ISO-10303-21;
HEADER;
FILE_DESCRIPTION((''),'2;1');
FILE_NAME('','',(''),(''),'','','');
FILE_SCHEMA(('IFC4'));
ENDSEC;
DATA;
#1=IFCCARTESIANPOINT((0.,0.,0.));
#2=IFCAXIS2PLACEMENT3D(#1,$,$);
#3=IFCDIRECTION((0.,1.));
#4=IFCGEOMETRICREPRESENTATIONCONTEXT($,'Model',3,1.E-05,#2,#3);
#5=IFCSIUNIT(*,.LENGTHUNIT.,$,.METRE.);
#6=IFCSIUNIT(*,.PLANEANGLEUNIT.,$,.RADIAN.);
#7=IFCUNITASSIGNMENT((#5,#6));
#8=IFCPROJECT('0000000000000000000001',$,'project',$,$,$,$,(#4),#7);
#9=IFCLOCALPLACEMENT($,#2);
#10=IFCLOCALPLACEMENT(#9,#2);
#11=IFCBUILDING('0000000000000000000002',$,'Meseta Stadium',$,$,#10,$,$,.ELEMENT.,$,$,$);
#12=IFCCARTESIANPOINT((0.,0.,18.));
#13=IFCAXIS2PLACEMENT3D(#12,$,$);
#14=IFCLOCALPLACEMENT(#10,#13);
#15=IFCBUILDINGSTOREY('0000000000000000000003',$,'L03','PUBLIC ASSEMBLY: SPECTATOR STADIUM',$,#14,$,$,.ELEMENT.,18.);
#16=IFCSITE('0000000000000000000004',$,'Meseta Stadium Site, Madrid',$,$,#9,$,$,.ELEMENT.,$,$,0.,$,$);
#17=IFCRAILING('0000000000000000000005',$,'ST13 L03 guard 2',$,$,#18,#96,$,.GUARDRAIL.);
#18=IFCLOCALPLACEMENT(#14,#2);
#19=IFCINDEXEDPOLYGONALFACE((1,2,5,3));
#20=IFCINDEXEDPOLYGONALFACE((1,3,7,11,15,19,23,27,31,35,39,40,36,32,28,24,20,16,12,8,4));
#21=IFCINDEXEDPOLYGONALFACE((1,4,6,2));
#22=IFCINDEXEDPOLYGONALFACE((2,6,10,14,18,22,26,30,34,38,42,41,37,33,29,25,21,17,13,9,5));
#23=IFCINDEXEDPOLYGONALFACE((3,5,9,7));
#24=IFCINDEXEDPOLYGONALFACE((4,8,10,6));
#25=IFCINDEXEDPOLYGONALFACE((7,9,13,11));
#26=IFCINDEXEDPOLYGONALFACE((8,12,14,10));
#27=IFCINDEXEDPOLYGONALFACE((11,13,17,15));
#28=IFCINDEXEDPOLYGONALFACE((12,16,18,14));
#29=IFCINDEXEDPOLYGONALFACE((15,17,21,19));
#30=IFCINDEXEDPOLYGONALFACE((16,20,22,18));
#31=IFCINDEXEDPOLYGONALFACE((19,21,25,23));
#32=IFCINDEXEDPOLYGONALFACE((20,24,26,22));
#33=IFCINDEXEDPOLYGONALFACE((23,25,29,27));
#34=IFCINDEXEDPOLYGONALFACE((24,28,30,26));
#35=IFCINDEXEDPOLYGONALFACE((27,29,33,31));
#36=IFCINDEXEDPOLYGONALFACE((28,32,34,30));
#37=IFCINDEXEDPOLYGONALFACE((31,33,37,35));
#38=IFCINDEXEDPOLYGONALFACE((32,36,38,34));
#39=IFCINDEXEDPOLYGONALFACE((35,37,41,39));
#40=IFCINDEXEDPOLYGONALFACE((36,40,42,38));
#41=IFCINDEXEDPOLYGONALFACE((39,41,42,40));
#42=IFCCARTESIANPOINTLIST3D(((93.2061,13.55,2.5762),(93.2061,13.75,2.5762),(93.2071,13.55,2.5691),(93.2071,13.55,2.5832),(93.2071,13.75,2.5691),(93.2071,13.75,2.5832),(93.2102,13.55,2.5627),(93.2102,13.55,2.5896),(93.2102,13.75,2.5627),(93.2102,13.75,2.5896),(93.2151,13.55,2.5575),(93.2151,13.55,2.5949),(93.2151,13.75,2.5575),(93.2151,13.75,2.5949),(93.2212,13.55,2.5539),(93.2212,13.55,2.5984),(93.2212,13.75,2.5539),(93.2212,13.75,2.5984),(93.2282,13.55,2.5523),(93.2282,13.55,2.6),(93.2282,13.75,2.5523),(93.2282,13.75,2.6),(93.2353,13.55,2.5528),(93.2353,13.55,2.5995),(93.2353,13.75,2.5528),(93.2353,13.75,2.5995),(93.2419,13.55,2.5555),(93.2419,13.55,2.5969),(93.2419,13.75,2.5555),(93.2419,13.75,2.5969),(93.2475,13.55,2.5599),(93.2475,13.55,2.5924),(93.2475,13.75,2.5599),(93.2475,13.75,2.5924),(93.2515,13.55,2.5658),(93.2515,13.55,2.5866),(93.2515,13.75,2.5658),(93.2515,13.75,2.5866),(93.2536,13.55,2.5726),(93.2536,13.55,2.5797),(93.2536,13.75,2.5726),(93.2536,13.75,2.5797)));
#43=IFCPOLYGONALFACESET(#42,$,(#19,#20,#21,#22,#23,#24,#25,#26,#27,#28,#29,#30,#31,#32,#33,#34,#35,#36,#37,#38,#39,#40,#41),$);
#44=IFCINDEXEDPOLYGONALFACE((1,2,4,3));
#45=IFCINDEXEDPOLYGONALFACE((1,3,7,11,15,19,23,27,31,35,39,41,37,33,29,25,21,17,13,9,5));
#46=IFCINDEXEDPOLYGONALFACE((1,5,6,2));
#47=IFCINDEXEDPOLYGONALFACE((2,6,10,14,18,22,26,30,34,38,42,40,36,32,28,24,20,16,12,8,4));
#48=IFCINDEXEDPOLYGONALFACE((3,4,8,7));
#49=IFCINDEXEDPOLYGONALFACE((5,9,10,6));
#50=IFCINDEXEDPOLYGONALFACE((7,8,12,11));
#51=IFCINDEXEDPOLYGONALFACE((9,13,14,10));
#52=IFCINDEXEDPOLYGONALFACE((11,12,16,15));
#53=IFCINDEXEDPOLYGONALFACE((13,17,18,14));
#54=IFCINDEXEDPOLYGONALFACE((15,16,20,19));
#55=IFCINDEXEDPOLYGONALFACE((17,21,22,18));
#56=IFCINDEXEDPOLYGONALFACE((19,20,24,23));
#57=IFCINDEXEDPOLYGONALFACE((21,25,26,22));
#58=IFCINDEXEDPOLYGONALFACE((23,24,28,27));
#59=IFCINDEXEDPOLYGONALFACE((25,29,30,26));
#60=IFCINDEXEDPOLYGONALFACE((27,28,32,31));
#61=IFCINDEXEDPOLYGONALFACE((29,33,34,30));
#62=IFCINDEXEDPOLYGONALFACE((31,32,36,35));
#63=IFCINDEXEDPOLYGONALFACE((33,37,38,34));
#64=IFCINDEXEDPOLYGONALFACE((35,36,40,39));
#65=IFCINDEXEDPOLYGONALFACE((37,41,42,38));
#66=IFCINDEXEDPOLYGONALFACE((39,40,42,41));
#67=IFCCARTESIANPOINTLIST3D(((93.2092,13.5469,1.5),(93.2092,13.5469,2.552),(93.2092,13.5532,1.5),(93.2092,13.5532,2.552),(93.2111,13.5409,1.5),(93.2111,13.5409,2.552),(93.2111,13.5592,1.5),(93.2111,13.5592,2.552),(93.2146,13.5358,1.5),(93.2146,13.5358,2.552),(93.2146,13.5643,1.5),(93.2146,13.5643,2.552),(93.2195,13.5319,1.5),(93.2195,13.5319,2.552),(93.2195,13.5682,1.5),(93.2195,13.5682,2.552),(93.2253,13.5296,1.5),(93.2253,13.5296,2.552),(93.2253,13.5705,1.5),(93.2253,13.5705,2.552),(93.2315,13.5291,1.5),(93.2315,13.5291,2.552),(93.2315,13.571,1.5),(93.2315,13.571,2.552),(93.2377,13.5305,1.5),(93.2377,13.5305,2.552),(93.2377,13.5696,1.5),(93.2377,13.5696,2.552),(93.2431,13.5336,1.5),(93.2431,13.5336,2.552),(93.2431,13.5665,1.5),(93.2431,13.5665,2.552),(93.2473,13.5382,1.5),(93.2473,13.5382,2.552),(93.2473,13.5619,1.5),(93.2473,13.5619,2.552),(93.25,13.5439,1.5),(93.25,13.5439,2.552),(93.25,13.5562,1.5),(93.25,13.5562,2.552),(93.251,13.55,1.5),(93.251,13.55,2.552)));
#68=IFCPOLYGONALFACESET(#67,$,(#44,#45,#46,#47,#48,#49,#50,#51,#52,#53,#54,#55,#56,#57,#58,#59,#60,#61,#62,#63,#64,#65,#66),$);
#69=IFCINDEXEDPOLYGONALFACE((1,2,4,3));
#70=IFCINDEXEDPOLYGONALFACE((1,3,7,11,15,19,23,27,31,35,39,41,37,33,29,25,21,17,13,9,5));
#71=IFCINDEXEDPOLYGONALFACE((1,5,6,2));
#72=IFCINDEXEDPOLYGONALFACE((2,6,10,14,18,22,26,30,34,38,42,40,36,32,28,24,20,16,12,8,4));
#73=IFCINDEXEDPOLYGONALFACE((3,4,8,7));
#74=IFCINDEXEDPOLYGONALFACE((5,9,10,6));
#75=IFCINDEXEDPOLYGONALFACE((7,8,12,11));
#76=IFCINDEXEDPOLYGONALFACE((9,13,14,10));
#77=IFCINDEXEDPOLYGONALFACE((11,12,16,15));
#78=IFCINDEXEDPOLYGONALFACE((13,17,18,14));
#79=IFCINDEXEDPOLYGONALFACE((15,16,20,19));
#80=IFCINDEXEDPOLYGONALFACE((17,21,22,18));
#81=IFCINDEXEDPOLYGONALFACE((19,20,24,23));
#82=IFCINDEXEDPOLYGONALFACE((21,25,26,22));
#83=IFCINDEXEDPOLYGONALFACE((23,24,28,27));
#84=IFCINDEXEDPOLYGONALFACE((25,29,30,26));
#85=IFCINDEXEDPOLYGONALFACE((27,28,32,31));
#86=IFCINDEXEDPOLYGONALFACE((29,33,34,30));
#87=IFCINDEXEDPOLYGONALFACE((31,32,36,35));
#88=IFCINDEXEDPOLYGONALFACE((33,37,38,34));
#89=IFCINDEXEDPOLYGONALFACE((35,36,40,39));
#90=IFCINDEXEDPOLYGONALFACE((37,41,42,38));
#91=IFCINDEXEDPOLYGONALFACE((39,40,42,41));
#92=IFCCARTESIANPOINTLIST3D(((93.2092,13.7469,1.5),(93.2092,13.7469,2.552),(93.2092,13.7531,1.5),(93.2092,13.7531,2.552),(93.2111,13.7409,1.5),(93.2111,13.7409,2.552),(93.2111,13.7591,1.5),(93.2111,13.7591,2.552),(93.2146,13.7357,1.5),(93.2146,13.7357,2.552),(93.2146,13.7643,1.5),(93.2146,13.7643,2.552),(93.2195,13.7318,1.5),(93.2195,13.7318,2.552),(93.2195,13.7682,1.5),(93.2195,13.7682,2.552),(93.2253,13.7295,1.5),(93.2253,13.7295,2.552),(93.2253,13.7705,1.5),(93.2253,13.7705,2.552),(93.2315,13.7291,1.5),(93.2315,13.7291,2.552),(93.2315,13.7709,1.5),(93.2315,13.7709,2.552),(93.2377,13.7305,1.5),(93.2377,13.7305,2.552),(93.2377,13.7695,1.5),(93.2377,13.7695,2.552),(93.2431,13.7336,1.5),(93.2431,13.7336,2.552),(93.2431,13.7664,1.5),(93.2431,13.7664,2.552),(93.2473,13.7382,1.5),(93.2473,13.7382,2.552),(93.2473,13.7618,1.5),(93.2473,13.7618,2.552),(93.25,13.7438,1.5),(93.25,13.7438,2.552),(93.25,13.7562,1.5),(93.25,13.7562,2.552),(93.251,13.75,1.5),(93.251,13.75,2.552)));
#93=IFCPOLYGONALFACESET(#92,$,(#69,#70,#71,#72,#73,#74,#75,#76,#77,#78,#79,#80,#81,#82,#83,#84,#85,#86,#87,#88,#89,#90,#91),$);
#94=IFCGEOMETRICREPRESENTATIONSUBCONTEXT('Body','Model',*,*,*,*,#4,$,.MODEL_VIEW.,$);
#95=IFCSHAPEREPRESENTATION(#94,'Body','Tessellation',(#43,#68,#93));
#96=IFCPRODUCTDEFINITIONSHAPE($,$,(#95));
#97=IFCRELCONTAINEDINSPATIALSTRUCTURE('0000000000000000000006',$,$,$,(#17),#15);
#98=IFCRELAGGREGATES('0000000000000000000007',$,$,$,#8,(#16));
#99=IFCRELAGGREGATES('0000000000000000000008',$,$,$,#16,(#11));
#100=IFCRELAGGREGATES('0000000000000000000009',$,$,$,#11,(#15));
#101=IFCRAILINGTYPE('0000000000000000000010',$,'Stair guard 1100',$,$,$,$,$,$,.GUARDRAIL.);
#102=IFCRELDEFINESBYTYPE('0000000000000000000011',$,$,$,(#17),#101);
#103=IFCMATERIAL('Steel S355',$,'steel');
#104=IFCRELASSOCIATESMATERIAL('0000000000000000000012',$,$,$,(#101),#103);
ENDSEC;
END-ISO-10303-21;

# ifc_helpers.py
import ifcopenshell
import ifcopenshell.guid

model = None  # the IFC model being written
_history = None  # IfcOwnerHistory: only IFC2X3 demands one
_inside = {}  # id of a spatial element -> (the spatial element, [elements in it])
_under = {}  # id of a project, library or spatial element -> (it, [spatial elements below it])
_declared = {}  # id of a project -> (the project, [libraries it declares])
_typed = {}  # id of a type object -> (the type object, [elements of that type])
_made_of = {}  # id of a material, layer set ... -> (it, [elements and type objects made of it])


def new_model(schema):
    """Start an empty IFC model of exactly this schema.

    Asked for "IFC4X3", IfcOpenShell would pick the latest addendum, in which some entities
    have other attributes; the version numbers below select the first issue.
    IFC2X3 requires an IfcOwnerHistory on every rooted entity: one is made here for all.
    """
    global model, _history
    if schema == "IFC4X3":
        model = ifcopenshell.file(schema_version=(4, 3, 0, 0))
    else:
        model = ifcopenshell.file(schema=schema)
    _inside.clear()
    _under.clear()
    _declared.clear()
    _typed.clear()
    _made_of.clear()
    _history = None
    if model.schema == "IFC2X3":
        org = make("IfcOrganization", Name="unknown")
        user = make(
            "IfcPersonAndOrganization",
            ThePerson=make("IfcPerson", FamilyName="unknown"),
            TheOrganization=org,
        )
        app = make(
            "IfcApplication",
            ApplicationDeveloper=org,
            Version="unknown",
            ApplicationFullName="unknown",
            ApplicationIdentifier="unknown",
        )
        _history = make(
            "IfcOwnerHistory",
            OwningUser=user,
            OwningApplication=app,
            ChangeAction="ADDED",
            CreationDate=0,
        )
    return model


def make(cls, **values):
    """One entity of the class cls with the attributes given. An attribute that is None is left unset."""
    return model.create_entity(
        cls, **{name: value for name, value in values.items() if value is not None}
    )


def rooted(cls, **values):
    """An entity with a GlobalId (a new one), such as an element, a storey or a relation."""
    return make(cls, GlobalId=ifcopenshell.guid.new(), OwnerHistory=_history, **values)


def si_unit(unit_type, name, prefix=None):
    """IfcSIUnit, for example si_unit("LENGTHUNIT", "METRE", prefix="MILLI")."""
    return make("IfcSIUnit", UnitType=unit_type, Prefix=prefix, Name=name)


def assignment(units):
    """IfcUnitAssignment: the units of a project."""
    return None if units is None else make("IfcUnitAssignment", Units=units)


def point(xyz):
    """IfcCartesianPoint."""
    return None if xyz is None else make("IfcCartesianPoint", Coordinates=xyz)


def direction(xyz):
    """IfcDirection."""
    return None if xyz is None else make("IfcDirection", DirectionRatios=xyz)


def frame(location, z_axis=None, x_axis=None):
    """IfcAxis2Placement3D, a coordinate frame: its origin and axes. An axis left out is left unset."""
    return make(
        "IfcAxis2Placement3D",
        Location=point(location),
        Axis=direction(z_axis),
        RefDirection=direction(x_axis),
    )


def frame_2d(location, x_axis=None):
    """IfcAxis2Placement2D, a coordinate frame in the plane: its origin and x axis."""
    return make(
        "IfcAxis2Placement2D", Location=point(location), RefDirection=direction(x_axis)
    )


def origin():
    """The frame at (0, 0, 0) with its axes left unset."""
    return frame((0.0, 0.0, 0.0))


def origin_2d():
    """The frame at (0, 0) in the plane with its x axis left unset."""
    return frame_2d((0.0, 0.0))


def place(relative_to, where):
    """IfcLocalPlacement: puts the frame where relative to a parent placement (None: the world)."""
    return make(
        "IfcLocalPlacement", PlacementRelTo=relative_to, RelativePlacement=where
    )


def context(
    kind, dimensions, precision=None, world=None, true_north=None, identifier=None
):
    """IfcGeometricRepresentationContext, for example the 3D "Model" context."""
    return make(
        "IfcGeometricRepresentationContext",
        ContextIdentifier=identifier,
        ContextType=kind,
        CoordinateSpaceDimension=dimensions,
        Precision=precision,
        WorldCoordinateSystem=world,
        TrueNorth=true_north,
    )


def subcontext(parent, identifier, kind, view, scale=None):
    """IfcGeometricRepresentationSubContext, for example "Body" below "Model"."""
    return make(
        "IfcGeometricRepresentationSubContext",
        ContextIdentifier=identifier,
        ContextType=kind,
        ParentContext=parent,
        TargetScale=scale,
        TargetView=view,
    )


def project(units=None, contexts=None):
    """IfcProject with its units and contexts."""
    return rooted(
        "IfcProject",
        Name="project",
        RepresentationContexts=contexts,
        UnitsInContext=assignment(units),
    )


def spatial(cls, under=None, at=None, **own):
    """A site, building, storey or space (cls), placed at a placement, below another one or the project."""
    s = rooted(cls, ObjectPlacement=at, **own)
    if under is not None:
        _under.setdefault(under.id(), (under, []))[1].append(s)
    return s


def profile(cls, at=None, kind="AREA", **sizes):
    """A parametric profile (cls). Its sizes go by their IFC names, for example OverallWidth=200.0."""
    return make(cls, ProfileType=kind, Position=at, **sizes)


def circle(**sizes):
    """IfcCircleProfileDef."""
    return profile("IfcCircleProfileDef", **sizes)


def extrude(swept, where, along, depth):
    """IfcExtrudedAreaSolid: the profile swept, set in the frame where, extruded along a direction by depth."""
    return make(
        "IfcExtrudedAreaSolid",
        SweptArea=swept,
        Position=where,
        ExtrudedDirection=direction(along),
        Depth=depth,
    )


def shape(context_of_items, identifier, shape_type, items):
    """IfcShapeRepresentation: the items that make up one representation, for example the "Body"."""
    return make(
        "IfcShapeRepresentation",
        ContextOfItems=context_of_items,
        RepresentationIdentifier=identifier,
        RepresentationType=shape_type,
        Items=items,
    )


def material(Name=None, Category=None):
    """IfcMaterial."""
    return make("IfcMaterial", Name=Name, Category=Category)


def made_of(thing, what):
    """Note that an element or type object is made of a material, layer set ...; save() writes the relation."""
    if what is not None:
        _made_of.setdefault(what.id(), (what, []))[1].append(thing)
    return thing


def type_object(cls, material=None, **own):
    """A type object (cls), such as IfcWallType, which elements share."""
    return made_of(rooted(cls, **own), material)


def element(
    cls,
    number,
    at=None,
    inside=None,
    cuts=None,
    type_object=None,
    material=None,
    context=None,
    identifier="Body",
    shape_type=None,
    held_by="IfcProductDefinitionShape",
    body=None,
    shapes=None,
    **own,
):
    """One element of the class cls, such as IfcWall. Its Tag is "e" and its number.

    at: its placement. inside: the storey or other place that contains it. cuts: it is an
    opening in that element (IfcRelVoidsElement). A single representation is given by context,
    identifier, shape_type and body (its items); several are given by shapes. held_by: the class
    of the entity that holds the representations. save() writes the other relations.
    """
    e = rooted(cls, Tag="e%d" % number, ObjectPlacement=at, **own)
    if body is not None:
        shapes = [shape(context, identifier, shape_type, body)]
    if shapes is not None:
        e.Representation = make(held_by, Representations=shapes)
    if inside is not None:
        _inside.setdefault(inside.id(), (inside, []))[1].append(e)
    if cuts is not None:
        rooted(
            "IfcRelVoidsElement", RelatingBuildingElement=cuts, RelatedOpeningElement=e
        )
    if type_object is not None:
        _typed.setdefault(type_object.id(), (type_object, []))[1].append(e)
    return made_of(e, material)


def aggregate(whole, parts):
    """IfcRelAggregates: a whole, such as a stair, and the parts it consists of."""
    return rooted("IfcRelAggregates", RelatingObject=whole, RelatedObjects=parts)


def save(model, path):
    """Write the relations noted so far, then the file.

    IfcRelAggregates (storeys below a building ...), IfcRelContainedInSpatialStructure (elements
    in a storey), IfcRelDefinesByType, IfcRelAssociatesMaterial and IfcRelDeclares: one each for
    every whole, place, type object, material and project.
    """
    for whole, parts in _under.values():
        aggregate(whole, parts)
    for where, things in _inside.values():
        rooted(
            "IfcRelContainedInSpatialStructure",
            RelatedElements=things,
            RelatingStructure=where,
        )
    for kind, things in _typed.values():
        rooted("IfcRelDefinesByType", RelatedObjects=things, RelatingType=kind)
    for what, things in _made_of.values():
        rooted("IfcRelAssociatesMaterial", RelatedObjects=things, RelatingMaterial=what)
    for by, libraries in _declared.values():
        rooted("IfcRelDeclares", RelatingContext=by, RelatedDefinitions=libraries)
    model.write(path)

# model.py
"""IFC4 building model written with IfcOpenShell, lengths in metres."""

from ifc_helpers import new_model, si_unit, direction, frame, origin, origin_2d, place, context, subcontext, project, spatial, circle, extrude, material, type_object, element, save


model = new_model("IFC4")

# Units and contexts
model_context = context("Model", 3, precision=1e-05, world=origin(), true_north=direction((0.0, 1.0)))
body_context = subcontext(model_context, "Body", "Model", "MODEL_VIEW")
ifc_project = project(units=[si_unit("LENGTHUNIT", "METRE"), si_unit("PLANEANGLEUNIT", "RADIAN")], contexts=[model_context])

# Site, building, storey
site_placement = place(None, origin())
site = spatial("IfcSite", under=ifc_project, at=site_placement, Name="Meseta Stadium Site, Madrid", CompositionType="ELEMENT", RefElevation=0.0)
building_placement = place(site_placement, origin())
building = spatial("IfcBuilding", under=site, at=building_placement, Name="Meseta Stadium", CompositionType="ELEMENT")
storey_placement = place(building_placement, frame((0.0, 0.0, 18.0)))
storey = spatial("IfcBuildingStorey", under=building, at=storey_placement, Name="L03", Description="PUBLIC ASSEMBLY: SPECTATOR STADIUM", CompositionType="ELEMENT", Elevation=18.0)

# Railing
ifc_material_1 = material(Name="Steel S355", Category="steel")
railing_type_1 = type_object("IfcRailingType", Name="Stair guard 1100", PredefinedType="GUARDRAIL", material=ifc_material_1)
railing_1_placement = place(storey_placement, frame((93.23, 13.55, 1.5)))
element("IfcRailing", 1, at=railing_1_placement, inside=storey, type_object=railing_type_1, Name="ST13 L03 guard 2", PredefinedType="GUARDRAIL", context=body_context, shape_type="SweptSolid", body=[
    extrude(circle(Radius=0.0239, at=origin_2d()), frame((0.0, 0.0, 1.0762), z_axis=(0.0, 1.0, 0.0), x_axis=(-1.0, 0.0, 0.0)), (0.0, 0.0, 1.0), 0.2),
    extrude(circle(Radius=0.021, at=origin_2d()), origin(), (0.0, 0.0, 1.0), 1.052),
    extrude(circle(Radius=0.021, at=origin_2d()), frame((0.0, 0.2, 0.0)), (0.0, 0.0, 1.0), 1.052),
])

save(model, "model.ifc")
